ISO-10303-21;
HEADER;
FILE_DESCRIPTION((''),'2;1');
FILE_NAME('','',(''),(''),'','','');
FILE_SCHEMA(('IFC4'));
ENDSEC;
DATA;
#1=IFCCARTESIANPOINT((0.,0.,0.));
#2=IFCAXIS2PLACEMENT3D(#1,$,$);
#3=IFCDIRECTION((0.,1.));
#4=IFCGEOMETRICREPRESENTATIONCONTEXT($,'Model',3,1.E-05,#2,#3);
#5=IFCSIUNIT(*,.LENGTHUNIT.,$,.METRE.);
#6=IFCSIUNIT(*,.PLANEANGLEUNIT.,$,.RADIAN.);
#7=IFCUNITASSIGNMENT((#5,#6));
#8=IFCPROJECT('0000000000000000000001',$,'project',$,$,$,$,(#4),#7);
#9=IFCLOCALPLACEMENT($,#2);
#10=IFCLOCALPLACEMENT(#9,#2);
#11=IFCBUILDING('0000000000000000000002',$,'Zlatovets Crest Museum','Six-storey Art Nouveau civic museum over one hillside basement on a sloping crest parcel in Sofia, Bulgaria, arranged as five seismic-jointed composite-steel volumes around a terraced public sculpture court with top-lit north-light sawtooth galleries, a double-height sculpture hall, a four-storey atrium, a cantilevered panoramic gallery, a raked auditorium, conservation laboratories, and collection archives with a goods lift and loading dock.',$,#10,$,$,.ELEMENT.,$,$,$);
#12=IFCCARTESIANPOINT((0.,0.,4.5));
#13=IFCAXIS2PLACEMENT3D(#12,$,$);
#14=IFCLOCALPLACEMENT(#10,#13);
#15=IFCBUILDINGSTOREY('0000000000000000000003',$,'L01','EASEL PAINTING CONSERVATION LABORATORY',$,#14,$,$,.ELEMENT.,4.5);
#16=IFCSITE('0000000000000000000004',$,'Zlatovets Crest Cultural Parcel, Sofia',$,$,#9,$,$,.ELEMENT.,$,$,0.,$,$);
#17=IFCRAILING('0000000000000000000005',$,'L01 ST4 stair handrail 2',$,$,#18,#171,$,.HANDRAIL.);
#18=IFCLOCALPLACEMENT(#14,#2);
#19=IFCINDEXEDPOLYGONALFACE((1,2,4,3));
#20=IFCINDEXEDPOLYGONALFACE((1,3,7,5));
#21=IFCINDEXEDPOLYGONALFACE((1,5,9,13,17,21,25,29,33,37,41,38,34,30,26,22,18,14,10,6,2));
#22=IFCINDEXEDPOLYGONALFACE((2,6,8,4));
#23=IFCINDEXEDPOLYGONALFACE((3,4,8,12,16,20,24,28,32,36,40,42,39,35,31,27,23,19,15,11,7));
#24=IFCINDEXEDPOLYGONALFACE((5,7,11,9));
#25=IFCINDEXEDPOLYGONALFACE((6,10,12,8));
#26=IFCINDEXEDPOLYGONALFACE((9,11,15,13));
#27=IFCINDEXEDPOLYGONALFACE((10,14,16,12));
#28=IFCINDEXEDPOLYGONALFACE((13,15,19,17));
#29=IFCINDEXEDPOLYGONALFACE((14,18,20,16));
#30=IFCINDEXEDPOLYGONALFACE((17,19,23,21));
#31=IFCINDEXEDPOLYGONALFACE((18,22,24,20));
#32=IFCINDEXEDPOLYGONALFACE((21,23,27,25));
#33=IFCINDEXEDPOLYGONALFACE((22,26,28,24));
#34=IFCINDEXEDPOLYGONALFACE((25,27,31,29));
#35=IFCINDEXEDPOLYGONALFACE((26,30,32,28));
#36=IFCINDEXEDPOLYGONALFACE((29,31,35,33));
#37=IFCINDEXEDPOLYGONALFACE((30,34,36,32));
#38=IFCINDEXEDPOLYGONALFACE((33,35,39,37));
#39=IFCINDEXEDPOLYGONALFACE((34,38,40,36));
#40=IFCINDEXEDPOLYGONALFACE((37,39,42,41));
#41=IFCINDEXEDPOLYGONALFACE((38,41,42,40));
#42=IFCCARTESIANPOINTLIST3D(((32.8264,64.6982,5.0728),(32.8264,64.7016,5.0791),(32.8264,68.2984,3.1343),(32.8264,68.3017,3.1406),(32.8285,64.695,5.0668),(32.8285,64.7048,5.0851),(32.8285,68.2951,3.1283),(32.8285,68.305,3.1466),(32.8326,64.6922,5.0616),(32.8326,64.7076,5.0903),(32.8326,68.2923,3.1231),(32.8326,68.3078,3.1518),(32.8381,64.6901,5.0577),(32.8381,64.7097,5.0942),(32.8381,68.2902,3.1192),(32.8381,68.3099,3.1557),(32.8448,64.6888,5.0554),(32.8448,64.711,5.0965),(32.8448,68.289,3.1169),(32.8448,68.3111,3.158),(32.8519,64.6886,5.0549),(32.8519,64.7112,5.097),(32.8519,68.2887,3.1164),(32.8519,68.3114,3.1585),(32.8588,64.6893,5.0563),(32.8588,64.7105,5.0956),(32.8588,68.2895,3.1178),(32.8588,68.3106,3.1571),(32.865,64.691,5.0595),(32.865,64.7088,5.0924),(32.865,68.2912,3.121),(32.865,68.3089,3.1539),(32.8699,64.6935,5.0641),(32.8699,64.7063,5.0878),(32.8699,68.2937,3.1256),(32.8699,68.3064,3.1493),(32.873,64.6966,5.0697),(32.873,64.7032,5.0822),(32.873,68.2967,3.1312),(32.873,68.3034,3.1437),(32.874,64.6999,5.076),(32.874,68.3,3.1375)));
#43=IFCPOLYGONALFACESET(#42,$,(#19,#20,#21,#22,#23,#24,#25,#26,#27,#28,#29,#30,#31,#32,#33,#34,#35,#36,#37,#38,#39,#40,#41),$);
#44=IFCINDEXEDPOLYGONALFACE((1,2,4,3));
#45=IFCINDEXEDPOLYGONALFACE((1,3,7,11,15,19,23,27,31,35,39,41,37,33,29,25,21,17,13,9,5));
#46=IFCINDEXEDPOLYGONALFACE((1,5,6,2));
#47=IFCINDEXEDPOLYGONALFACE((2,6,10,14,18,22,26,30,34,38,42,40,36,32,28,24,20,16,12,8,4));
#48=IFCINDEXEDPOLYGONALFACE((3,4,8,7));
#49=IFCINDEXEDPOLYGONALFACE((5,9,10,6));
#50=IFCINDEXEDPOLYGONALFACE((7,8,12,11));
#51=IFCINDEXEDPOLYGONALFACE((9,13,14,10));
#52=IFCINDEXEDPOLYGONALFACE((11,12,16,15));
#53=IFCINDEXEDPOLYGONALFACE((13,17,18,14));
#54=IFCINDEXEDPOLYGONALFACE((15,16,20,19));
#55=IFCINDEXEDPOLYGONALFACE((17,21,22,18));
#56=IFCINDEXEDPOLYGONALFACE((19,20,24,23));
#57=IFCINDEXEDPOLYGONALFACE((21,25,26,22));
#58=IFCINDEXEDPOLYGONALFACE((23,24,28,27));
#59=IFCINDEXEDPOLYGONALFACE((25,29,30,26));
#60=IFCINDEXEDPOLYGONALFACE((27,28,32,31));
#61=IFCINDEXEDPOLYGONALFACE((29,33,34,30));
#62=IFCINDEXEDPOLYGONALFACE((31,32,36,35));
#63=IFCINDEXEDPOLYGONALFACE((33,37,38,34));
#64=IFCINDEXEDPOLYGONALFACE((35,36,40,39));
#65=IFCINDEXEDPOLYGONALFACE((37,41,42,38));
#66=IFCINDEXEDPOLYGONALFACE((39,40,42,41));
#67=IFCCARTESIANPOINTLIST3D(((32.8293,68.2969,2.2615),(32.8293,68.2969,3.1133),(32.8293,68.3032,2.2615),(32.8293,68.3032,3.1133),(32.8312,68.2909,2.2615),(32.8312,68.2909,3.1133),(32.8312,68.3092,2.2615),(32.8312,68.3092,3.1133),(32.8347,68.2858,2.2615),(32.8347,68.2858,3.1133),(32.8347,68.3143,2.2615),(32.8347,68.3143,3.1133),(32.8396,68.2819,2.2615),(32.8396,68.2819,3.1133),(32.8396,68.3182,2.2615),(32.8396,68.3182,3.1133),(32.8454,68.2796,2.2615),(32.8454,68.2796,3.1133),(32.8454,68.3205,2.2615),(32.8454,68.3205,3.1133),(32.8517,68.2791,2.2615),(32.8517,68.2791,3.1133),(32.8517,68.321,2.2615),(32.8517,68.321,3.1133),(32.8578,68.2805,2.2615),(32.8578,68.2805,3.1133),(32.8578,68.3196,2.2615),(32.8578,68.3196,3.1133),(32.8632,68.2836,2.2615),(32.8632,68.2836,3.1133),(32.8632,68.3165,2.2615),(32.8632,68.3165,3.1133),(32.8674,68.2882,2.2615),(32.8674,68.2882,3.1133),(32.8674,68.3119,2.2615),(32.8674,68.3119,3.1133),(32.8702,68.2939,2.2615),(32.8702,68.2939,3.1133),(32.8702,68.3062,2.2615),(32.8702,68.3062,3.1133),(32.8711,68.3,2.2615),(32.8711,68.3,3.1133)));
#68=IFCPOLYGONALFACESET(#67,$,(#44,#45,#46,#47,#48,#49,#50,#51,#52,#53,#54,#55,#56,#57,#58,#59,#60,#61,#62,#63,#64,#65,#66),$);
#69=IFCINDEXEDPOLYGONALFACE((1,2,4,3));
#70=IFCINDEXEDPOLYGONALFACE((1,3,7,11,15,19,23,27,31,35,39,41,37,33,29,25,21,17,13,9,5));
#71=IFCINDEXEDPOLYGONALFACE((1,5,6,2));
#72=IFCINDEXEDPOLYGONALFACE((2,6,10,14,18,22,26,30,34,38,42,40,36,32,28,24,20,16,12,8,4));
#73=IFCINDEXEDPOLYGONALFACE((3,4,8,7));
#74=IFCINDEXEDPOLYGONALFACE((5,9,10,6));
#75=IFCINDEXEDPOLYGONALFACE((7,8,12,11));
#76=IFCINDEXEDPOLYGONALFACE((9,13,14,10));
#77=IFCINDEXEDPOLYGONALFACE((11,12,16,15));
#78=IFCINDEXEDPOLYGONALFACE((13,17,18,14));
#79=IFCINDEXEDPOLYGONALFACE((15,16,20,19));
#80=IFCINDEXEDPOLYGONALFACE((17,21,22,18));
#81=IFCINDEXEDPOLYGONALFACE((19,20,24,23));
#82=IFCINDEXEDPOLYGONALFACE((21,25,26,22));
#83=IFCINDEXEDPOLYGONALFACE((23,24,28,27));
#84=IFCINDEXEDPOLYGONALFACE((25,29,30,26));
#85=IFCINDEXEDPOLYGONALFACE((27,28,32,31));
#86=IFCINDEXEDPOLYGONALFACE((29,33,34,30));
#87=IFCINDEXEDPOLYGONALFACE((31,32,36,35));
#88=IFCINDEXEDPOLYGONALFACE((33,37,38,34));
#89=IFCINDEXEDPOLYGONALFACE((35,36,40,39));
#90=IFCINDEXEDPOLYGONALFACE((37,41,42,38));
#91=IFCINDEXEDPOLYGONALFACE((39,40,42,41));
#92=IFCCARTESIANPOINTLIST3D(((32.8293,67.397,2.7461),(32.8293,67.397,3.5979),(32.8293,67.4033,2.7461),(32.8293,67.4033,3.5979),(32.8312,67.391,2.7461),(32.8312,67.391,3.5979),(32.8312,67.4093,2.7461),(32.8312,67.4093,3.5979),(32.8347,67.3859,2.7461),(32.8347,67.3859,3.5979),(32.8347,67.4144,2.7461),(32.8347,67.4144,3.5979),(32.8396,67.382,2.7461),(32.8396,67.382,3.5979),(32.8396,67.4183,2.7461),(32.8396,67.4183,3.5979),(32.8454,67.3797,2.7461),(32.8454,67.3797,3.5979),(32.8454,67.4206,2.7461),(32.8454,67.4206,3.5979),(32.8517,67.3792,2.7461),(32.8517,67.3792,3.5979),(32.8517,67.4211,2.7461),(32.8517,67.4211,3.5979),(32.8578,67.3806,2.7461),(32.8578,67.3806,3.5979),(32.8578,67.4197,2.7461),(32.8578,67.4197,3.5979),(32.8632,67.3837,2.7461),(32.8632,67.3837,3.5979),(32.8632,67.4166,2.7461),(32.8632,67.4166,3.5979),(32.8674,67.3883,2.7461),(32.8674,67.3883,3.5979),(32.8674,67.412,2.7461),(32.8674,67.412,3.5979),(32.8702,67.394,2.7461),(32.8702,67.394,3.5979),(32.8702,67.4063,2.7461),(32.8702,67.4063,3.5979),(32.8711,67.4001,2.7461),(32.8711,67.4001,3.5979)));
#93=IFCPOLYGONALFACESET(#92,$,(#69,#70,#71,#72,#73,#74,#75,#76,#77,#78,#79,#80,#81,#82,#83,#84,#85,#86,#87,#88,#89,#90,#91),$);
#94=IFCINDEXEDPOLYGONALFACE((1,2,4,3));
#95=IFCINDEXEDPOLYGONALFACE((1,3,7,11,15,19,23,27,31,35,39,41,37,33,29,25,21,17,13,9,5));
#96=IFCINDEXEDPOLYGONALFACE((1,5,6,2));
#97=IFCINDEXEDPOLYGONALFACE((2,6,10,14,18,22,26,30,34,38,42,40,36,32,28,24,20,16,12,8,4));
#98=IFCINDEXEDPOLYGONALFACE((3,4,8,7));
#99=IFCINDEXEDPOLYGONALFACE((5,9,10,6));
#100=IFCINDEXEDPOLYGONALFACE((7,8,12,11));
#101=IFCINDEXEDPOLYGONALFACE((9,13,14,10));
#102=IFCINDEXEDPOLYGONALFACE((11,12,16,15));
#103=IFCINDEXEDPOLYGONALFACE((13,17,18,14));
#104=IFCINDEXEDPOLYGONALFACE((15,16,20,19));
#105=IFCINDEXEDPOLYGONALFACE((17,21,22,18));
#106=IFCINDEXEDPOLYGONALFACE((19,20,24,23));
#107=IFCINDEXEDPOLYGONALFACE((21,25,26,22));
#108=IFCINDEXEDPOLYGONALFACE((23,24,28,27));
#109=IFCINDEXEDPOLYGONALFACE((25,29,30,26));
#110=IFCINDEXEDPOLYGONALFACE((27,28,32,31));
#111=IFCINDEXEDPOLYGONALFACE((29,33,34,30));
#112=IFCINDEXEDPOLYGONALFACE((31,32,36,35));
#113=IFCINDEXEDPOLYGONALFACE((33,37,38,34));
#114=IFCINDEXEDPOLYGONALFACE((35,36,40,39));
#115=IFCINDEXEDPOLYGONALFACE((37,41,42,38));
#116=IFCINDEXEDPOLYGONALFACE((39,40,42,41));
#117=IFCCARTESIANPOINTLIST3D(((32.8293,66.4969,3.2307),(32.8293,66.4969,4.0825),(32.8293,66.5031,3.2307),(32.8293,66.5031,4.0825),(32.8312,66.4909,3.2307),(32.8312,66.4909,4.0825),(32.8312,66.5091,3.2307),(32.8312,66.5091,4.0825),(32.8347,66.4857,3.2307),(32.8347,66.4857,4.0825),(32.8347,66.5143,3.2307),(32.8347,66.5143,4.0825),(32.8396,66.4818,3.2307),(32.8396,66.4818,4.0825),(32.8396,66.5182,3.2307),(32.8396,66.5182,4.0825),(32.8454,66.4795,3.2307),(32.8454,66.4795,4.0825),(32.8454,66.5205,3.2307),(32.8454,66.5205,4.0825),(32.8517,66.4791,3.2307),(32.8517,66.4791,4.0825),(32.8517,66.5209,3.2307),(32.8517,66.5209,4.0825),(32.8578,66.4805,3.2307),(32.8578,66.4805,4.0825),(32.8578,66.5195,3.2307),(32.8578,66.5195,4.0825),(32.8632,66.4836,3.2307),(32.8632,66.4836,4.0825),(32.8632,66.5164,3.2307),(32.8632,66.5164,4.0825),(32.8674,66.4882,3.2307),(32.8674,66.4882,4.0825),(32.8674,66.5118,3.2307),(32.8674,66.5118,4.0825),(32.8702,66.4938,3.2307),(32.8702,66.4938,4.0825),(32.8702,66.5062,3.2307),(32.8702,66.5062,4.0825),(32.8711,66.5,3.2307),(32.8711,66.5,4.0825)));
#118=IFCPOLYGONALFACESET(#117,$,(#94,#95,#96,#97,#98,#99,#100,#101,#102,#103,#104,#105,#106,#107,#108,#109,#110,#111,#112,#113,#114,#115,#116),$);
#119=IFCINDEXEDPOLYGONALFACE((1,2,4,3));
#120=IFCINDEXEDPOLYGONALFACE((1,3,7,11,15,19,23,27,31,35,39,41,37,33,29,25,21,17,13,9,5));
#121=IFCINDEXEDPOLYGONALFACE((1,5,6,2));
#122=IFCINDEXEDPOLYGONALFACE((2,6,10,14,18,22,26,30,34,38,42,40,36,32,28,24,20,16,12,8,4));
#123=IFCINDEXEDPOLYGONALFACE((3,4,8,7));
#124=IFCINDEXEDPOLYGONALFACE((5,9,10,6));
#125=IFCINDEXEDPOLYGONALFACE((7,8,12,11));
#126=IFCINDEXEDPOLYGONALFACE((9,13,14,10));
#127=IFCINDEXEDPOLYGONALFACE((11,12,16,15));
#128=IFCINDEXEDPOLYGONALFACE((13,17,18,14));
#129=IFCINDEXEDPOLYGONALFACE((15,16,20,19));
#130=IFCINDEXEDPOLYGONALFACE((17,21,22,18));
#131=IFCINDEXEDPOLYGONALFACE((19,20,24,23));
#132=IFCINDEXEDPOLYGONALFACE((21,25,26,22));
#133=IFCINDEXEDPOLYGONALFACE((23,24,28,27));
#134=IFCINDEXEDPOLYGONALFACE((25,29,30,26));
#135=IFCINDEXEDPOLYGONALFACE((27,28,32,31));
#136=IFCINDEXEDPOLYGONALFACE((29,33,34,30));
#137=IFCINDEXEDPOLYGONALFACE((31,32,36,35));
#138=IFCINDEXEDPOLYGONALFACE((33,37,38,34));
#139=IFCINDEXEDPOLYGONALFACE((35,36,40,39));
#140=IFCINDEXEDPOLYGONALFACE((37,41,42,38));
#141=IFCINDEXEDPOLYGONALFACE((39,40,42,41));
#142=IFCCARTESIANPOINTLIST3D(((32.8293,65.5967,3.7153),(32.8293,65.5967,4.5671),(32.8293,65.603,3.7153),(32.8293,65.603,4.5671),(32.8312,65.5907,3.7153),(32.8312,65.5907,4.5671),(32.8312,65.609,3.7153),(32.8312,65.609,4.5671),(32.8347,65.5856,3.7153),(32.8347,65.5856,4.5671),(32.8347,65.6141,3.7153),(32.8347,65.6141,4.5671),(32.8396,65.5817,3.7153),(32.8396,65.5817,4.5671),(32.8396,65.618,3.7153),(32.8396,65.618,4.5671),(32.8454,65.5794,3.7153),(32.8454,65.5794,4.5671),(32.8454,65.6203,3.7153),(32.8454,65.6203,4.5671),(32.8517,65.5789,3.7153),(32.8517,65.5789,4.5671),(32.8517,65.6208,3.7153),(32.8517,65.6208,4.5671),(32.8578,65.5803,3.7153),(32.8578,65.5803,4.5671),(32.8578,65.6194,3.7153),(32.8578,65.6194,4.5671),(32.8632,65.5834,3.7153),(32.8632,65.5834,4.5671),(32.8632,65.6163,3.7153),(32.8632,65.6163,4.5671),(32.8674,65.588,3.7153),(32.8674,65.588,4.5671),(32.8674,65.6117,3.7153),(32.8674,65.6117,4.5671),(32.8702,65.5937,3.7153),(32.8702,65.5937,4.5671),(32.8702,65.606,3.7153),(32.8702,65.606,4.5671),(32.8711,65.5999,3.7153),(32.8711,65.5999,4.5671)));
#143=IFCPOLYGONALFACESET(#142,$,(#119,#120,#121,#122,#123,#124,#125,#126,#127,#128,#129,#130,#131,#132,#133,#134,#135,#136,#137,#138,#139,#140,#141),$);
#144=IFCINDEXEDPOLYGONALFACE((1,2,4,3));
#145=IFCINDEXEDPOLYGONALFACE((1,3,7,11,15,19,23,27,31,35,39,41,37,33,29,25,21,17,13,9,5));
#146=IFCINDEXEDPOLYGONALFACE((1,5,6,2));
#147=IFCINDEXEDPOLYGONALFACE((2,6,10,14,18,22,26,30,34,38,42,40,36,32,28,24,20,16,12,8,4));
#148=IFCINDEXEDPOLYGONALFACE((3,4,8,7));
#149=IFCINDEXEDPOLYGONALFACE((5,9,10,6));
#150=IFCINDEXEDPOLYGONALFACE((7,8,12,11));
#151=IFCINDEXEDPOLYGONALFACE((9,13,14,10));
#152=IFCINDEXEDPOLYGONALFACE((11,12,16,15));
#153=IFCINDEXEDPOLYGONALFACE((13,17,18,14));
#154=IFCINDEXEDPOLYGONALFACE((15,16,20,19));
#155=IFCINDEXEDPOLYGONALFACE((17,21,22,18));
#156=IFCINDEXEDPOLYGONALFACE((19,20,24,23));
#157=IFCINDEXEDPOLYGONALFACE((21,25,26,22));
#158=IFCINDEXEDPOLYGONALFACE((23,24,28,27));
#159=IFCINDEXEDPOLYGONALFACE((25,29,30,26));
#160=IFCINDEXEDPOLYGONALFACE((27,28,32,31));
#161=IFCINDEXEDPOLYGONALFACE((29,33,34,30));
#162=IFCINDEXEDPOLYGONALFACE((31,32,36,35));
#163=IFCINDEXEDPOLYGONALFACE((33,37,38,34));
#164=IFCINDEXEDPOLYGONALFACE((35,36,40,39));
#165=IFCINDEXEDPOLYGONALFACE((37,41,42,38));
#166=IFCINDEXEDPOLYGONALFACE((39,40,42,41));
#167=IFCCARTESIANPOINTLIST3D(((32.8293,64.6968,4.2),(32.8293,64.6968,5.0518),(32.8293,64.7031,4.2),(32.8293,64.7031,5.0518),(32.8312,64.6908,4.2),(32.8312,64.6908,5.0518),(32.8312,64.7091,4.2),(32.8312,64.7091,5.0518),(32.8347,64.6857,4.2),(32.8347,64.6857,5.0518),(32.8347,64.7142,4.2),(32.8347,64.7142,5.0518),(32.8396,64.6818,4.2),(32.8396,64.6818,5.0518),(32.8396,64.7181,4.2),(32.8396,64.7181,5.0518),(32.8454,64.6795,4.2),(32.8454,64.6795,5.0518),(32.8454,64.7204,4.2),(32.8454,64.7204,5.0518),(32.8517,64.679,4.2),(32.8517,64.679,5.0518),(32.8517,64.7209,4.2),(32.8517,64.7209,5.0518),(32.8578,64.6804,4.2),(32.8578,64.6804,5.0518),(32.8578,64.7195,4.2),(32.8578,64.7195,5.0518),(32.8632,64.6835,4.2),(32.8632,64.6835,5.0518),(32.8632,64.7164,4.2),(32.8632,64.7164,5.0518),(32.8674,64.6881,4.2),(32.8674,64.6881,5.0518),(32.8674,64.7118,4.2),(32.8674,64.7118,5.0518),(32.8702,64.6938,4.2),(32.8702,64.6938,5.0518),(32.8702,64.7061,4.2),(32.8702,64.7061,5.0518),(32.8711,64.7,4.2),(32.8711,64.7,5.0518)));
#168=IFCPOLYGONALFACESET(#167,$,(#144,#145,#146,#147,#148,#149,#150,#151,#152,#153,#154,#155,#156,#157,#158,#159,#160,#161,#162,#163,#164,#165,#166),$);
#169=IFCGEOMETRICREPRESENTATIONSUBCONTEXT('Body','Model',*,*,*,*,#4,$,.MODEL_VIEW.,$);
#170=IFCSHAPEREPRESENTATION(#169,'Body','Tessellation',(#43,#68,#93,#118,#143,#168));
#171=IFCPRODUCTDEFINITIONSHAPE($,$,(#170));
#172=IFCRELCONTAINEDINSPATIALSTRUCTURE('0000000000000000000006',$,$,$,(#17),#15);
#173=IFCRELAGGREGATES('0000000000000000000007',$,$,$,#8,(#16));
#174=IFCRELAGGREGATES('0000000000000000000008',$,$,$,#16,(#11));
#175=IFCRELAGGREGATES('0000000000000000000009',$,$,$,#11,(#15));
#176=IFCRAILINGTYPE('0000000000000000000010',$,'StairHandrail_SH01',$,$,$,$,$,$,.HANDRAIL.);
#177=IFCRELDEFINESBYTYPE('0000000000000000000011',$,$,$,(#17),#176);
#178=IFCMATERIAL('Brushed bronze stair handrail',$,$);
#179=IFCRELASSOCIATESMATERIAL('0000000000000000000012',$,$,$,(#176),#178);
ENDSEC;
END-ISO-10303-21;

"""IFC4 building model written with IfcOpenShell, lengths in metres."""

from ifc_helpers import new_model, si_unit, direction, frame, origin, origin_2d, place, context, subcontext, project, spatial, circle, extrude, material, type_object, element, save


model = new_model("IFC4")

# Units and contexts
model_context = context("Model", 3, precision=1e-05, world=origin(), true_north=direction((0.0, 1.0)))
body_context = subcontext(model_context, "Body", "Model", "MODEL_VIEW")
ifc_project = project(units=[si_unit("LENGTHUNIT", "METRE"), si_unit("PLANEANGLEUNIT", "RADIAN")], contexts=[model_context])

# Site, building, storey
site_placement = place(None, origin())
site = spatial("IfcSite", under=ifc_project, at=site_placement, Name="Zlatovets Crest Cultural Parcel, Sofia", CompositionType="ELEMENT", RefElevation=0.0)
building_placement = place(site_placement, origin())
building = spatial("IfcBuilding", under=site, at=building_placement, Name="Zlatovets Crest Museum", Description="Six-storey Art Nouveau civic museum over one hillside basement on a sloping crest parcel in Sofia, Bulgaria, arranged as five seismic-jointed composite-steel volumes around a terraced public sculpture court with top-lit north-light sawtooth galleries, a double-height sculpture hall, a four-storey atrium, a cantilevered panoramic gallery, a raked auditorium, conservation laboratories, and collection archives with a goods lift and loading dock.", CompositionType="ELEMENT")
storey_placement = place(building_placement, frame((0.0, 0.0, 4.5)))
storey = spatial("IfcBuildingStorey", under=building, at=storey_placement, Name="L01", Description="EASEL PAINTING CONSERVATION LABORATORY", CompositionType="ELEMENT", Elevation=4.5)

# Railing
ifc_material_1 = material(Name="Brushed bronze stair handrail")
railing_type_1 = type_object("IfcRailingType", Name="StairHandrail_SH01", PredefinedType="HANDRAIL", material=ifc_material_1)
railing_1_placement = place(storey_placement, frame((32.8501, 68.3, 2.2615)))
element("IfcRailing", 1, at=railing_1_placement, inside=storey, type_object=railing_type_1, Name="L01 ST4 stair handrail 2", PredefinedType="HANDRAIL", context=body_context, shape_type="SweptSolid", body=[
    extrude(circle(Radius=0.0239, at=origin_2d()), frame((0.0, 0.0, 0.876), z_axis=(0.0, -0.880475, 0.474093), x_axis=(1.0, 0.0, 0.0)), (0.0, 0.0, 1.0), 4.0889),
    extrude(circle(Radius=0.021, at=origin_2d()), origin(), (0.0, 0.0, 1.0), 0.8518),
    extrude(circle(Radius=0.021, at=origin_2d()), frame((0.0, -0.8999, 0.4846)), (0.0, 0.0, 1.0), 0.8518),
    extrude(circle(Radius=0.021, at=origin_2d()), frame((0.0, -1.8, 0.9692)), (0.0, 0.0, 1.0), 0.8518),
    extrude(circle(Radius=0.021, at=origin_2d()), frame((0.0, -2.7002, 1.4539)), (0.0, 0.0, 1.0), 0.8518),
    extrude(circle(Radius=0.021, at=origin_2d()), frame((0.0, -3.6001, 1.9385)), (0.0, 0.0, 1.0), 0.8518),
])

save(model, "model.ifc")
